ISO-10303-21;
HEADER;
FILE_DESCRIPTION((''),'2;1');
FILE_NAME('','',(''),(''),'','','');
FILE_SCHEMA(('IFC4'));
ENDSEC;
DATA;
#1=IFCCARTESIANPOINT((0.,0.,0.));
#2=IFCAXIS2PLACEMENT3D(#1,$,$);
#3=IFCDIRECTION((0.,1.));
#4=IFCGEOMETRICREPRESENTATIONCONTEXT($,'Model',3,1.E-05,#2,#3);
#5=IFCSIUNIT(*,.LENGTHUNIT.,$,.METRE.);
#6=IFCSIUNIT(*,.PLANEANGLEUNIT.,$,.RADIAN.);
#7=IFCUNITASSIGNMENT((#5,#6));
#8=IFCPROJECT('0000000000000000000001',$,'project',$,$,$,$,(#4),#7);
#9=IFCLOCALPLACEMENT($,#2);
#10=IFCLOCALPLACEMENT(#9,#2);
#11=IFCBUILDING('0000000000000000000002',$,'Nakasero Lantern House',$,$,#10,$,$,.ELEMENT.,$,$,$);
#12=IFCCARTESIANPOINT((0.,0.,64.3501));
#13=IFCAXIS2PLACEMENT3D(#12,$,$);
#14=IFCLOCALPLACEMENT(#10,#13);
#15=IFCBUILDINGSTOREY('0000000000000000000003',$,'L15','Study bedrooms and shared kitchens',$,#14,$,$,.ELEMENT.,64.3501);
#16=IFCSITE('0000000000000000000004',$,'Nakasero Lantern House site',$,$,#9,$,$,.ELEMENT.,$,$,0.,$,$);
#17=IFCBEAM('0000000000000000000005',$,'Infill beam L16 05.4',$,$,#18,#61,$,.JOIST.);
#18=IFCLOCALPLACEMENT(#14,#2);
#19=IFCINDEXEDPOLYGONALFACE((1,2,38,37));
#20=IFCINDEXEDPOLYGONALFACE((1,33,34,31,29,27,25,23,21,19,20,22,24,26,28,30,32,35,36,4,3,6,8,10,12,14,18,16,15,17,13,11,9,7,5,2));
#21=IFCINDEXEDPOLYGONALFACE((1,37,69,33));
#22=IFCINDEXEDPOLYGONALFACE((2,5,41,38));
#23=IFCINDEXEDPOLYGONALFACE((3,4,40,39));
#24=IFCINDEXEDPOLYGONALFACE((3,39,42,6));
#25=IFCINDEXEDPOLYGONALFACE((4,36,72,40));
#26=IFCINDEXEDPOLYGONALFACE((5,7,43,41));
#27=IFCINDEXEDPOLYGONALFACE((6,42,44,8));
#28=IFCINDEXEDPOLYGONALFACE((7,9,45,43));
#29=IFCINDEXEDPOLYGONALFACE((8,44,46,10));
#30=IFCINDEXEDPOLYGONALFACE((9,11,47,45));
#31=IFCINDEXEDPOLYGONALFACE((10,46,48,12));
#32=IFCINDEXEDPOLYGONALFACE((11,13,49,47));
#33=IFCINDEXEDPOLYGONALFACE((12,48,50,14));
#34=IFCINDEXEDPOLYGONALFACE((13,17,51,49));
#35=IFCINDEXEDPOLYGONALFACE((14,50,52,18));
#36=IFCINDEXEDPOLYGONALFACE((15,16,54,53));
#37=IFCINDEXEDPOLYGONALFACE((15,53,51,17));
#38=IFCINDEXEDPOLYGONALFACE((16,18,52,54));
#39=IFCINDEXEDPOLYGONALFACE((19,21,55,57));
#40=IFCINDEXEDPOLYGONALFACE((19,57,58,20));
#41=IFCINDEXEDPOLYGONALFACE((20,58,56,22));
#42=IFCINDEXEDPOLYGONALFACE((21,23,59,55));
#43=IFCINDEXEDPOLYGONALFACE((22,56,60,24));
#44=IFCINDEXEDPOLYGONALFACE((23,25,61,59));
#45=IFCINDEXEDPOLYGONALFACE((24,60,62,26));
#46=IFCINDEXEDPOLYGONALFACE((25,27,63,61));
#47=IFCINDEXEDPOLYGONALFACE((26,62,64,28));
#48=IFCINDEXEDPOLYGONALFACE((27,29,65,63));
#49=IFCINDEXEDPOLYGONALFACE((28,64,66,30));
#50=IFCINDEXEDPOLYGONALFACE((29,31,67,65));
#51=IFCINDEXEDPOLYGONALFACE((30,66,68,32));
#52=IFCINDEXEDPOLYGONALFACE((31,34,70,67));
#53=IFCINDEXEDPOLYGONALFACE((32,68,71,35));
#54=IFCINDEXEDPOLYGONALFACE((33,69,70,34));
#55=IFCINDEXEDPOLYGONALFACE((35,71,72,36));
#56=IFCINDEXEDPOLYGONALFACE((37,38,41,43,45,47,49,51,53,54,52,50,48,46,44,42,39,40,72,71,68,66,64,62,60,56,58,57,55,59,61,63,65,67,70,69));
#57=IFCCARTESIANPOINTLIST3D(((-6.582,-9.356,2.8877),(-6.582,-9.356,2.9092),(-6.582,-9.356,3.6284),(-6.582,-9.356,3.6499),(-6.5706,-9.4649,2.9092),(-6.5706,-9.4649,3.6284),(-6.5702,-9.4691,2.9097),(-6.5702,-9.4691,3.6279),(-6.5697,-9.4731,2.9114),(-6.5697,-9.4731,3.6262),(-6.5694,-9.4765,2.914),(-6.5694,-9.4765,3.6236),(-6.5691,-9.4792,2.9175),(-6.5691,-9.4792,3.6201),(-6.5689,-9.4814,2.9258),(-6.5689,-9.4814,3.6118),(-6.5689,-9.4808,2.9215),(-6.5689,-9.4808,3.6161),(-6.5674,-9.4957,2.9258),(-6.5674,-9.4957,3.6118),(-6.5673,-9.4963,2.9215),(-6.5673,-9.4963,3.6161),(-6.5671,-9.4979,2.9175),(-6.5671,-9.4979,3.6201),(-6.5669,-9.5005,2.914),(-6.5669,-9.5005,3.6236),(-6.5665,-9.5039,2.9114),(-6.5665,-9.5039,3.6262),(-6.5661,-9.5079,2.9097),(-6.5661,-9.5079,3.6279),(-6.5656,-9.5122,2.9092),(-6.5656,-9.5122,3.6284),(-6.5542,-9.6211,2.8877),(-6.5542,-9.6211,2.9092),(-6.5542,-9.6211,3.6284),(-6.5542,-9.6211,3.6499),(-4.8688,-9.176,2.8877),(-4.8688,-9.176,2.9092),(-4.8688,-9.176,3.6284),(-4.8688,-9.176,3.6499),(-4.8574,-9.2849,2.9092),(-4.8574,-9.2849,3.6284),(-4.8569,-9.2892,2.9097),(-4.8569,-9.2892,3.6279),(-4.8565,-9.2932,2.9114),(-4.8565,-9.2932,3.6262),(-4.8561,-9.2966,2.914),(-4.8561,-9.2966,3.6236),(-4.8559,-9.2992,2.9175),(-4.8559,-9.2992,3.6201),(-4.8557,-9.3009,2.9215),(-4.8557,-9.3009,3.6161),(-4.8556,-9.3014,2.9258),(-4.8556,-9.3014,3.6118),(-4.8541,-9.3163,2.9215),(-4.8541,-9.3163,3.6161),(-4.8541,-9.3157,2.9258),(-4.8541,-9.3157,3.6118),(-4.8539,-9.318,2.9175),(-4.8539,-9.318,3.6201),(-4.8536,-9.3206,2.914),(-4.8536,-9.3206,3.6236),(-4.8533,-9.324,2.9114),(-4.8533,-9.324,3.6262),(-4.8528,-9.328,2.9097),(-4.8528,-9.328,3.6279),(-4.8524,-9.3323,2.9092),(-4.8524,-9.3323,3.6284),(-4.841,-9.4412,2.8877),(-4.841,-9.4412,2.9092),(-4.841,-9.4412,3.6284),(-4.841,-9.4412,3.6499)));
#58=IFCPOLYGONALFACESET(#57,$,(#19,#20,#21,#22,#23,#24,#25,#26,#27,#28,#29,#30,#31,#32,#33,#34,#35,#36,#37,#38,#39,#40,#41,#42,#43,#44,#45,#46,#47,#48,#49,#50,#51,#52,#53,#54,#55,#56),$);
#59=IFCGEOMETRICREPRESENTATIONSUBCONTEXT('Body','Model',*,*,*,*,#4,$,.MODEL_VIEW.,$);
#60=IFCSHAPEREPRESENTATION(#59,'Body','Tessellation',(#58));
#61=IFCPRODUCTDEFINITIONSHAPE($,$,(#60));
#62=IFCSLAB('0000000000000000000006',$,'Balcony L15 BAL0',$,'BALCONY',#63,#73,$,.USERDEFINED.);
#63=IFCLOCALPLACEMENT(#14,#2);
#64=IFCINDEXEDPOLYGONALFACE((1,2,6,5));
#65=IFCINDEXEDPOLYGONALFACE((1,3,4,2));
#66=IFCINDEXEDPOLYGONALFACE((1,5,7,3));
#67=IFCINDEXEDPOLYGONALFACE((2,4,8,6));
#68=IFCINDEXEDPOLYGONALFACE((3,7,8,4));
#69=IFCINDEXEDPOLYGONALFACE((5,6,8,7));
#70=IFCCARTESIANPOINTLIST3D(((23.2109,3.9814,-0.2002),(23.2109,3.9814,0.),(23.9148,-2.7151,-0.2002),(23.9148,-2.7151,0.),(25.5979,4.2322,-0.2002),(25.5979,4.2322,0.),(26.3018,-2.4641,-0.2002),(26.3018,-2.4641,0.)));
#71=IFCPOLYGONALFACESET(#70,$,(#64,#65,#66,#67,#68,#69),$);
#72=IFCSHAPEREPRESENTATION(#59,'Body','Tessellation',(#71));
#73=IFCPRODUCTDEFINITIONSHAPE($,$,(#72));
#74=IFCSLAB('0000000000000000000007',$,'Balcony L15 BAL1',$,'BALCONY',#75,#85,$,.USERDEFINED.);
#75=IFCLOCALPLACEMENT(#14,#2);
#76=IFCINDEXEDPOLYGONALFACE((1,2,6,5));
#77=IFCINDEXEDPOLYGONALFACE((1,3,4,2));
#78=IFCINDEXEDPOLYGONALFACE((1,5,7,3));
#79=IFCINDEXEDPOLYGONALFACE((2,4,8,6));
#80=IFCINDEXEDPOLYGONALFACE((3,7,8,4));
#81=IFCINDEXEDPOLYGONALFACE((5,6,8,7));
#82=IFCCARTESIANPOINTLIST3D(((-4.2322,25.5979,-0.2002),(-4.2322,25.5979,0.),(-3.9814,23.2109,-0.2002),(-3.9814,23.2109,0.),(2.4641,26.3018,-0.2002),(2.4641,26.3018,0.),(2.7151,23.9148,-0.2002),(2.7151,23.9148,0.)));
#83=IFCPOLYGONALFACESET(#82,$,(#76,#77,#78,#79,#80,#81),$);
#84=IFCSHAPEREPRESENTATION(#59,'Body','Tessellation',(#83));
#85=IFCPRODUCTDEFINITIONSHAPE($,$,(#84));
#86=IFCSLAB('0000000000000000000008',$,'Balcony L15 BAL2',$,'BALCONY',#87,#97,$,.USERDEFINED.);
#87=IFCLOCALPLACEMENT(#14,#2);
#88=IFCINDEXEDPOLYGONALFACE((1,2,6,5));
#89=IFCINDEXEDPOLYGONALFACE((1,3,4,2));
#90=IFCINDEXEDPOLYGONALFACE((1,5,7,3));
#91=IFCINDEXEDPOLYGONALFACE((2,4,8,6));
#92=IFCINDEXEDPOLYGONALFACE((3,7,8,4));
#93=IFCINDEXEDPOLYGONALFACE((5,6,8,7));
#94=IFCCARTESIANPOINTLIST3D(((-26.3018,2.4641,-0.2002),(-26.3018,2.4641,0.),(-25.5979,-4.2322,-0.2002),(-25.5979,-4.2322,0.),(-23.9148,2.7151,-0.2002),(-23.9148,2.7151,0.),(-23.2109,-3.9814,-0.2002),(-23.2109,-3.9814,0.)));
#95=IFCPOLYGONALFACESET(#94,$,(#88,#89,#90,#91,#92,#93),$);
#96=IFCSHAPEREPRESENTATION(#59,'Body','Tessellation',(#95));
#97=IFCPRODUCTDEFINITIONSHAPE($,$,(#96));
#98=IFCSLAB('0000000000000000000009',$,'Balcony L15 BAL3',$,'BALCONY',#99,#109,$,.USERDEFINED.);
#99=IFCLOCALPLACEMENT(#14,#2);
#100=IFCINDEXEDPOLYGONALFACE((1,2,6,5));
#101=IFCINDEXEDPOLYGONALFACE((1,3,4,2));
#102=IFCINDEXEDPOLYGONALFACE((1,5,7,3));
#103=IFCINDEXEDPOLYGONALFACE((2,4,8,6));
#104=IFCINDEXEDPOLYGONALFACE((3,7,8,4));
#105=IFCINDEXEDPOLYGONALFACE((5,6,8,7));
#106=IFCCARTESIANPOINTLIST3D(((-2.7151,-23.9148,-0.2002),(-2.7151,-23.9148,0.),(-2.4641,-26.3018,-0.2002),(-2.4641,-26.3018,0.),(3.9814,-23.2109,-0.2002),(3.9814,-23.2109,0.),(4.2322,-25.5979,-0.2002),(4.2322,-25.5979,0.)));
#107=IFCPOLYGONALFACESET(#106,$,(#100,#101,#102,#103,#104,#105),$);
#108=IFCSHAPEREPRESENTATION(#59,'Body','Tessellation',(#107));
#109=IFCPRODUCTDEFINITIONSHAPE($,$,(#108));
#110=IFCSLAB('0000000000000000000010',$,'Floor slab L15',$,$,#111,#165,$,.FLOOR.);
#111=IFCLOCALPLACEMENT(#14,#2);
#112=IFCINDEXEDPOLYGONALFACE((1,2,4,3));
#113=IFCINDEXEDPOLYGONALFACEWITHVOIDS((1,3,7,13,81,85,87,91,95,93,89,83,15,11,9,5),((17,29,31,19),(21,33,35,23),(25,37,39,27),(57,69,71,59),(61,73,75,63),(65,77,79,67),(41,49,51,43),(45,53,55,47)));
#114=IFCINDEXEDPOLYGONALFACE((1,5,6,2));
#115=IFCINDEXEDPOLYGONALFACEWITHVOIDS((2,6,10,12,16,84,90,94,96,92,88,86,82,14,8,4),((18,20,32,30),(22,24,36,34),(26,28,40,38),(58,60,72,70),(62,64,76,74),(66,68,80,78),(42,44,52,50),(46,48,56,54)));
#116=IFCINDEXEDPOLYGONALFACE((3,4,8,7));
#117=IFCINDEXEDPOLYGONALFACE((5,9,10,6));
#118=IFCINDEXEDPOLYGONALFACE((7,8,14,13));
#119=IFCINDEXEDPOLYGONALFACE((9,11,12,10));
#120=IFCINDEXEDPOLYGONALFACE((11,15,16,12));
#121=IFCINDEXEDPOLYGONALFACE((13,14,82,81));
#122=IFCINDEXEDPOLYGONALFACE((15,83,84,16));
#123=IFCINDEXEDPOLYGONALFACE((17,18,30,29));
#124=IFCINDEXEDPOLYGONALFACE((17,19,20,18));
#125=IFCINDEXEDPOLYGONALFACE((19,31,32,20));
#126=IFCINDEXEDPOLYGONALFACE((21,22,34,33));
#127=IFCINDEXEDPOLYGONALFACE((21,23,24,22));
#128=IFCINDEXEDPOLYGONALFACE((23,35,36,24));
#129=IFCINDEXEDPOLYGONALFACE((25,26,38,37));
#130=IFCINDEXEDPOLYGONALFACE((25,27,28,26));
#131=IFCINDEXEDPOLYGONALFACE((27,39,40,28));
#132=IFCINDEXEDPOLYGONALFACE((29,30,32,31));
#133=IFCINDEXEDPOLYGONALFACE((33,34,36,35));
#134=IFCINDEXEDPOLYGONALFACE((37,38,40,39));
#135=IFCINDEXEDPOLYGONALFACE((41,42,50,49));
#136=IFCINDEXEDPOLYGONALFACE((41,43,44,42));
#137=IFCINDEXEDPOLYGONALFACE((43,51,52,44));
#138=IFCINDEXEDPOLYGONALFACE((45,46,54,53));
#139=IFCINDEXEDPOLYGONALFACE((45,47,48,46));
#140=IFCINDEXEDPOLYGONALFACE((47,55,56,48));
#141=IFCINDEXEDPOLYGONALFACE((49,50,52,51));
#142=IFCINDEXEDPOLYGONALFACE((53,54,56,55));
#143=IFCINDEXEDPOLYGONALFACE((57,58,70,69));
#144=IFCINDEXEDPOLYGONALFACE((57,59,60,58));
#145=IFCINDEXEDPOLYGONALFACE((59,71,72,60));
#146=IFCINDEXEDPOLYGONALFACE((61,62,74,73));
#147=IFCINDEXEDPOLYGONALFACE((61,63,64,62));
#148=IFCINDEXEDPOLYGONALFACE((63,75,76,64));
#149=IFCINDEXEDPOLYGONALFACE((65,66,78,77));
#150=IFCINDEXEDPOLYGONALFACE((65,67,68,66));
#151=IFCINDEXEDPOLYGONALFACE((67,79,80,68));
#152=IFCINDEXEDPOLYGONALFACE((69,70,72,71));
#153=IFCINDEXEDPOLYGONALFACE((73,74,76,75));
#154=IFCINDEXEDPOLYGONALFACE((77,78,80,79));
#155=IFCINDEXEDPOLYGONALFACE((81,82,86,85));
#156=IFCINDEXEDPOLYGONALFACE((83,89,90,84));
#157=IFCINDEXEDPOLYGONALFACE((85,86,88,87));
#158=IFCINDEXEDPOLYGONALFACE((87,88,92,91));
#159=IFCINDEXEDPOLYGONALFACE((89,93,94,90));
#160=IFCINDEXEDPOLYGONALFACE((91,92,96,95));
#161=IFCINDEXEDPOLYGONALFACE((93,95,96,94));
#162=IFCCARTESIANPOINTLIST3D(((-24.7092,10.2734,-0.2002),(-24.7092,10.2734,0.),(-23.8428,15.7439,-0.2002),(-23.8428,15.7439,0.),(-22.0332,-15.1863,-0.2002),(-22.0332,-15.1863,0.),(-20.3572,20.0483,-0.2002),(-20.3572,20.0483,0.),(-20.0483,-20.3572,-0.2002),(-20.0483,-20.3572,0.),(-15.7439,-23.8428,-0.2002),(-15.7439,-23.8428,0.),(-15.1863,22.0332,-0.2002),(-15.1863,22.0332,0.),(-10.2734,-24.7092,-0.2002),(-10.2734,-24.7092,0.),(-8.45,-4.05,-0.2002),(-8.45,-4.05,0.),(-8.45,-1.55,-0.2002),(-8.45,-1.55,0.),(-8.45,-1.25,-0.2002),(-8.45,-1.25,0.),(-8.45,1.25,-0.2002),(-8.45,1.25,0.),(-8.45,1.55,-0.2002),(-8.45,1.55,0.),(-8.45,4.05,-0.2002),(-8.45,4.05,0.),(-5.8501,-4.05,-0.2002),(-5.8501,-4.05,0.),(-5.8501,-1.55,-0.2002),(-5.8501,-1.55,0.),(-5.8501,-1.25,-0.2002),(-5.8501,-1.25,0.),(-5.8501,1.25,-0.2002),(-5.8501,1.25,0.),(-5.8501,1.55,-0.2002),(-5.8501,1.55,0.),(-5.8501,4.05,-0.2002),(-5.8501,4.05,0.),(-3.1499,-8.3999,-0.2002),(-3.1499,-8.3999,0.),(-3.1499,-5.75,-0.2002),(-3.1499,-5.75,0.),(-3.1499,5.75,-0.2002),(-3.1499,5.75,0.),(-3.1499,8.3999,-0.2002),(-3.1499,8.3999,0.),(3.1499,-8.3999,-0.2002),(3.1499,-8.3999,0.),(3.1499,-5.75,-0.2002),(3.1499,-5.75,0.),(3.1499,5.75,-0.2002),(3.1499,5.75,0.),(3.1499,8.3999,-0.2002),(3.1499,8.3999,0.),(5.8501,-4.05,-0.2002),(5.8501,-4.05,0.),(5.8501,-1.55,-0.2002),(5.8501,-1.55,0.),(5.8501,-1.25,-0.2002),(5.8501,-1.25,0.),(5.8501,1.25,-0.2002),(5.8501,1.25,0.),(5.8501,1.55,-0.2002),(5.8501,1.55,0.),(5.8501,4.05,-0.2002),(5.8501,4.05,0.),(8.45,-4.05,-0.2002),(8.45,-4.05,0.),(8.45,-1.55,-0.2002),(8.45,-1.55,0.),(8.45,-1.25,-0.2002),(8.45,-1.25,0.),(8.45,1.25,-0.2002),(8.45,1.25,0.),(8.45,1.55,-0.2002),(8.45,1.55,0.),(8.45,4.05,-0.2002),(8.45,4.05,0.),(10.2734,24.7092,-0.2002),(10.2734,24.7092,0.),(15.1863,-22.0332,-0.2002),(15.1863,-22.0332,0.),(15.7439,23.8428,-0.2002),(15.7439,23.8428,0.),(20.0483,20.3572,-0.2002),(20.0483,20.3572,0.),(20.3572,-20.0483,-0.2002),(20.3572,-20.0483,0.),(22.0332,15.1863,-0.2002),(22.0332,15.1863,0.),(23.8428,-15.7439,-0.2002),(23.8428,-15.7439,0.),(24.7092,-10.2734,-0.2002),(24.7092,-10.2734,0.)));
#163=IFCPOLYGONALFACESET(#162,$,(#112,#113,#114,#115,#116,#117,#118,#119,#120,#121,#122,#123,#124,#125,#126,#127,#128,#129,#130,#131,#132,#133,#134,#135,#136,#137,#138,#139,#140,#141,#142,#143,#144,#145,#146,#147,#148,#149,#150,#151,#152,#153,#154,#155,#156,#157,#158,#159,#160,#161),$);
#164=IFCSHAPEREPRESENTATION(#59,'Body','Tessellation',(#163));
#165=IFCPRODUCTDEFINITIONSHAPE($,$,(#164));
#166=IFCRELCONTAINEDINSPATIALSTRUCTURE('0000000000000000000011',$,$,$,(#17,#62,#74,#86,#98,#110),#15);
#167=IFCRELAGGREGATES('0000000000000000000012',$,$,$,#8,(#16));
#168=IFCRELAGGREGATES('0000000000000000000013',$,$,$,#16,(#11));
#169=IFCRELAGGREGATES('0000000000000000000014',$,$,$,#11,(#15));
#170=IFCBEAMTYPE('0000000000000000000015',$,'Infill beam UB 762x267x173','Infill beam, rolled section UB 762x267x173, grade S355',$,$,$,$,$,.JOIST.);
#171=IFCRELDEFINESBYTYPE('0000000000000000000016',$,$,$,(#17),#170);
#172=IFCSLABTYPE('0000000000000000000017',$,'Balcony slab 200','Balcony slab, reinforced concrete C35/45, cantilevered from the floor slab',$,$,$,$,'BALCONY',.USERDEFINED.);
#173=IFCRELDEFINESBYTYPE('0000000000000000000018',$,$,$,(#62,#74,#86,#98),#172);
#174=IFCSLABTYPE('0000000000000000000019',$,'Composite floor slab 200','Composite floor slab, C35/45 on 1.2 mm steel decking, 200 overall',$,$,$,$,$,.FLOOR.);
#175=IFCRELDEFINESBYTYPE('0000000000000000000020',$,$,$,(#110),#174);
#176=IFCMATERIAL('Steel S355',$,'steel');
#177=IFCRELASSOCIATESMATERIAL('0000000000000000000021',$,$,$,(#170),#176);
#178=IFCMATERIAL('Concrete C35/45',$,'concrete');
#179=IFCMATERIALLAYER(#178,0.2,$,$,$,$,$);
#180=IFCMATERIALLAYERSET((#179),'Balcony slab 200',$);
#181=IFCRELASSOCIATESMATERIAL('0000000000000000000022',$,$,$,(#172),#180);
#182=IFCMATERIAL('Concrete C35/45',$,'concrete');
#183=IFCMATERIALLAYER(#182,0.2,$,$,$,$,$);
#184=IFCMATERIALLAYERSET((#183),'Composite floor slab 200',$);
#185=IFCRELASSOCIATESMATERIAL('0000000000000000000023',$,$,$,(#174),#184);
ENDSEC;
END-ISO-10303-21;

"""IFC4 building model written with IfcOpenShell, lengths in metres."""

from ifc_helpers import new_model, si_unit, direction, frame, origin, origin_2d, place, context, subcontext, project, spatial, polyline, i_section, outline, extrude, material, layer, layer_set, material_profile, profile_set, type_object, element, save


model = new_model("IFC4")

# Units and contexts
model_context = context("Model", 3, precision=1e-05, world=origin(), true_north=direction((0.0, 1.0)))
body_context = subcontext(model_context, "Body", "Model", "MODEL_VIEW")
ifc_project = project(units=[si_unit("LENGTHUNIT", "METRE"), si_unit("PLANEANGLEUNIT", "RADIAN")], contexts=[model_context])

# Site, building, storey
site_placement = place(None, origin())
site = spatial("IfcSite", under=ifc_project, at=site_placement, Name="Nakasero Lantern House site", CompositionType="ELEMENT", RefElevation=0.0)
building_placement = place(site_placement, origin())
building = spatial("IfcBuilding", under=site, at=building_placement, Name="Nakasero Lantern House", CompositionType="ELEMENT")
storey_placement = place(building_placement, frame((0.0, 0.0, 64.3501)))
storey = spatial("IfcBuildingStorey", under=building, at=storey_placement, Name="L15", Description="Study bedrooms and shared kitchens", CompositionType="ELEMENT", Elevation=64.3501)

# Beam
ifc_material_1 = material(Name="Steel S355", Category="steel")
ifc_material_profile = material_profile(ifc_material_1, i_section(OverallWidth=0.2666, OverallDepth=0.7622, WebThickness=0.0144, FlangeThickness=0.0215, FilletRadius=0.0166, at=origin_2d()), Name="UB 762x267x173")
ifc_profile_set = profile_set([ifc_material_profile], Name="Steel S355")
beam_type = type_object("IfcBeamType", Name="Infill beam UB 762x267x173", Description="Infill beam, rolled section UB 762x267x173, grade S355", PredefinedType="JOIST", material=ifc_profile_set)
beam_placement = place(storey_placement, frame((-6.5681, -9.4885, 3.2688), z_axis=(0.99453, 0.104456, 0.0), x_axis=(-0.104456, 0.99453, 0.0)))
element("IfcBeam", 1, at=beam_placement, inside=storey, type_object=beam_type, Name="Infill beam L16 05.4", PredefinedType="JOIST", context=body_context, shape_type="SweptSolid", body=[
    extrude(i_section(OverallWidth=0.2666, OverallDepth=0.7622, WebThickness=0.0144, FlangeThickness=0.0215, FilletRadius=0.0166, at=origin_2d()), origin(), (0.0, 0.0, 1.0), 1.7227),
])

# Slabs
ifc_material_2 = material(Name="Concrete C35/45", Category="concrete")
ifc_layer_1 = layer(ifc_material_2, 0.2)
ifc_layer_set_1 = layer_set([ifc_layer_1], Name="Balcony slab 200")
slab_type_1 = type_object("IfcSlabType", Name="Balcony slab 200", Description="Balcony slab, reinforced concrete C35/45, cantilevered from the floor slab", ElementType="BALCONY", PredefinedType="USERDEFINED", material=ifc_layer_set_1)
slab_1_placement = place(storey_placement, frame((0.0, 0.0, -0.2002)))
element("IfcSlab", 2, at=slab_1_placement, inside=storey, type_object=slab_type_1, Name="Balcony L15 BAL0", ObjectType="BALCONY", PredefinedType="USERDEFINED", context=body_context, shape_type="SweptSolid", body=[
    extrude(outline(polyline([(23.9148, -2.7151), (26.3018, -2.4641), (25.5979, 4.2322), (23.2109, 3.9814), (23.9148, -2.7151)])), origin(), (0.0, 0.0, 1.0), 0.2002),
])
slab_2_placement = place(storey_placement, frame((0.0, 0.0, -0.2002)))
element("IfcSlab", 3, at=slab_2_placement, inside=storey, type_object=slab_type_1, Name="Balcony L15 BAL1", ObjectType="BALCONY", PredefinedType="USERDEFINED", context=body_context, shape_type="SweptSolid", body=[
    extrude(outline(polyline([(2.7151, 23.9148), (2.4641, 26.3018), (-4.2322, 25.5979), (-3.9814, 23.2109), (2.7151, 23.9148)])), origin(), (0.0, 0.0, 1.0), 0.2002),
])
slab_3_placement = place(storey_placement, frame((0.0, 0.0, -0.2002)))
element("IfcSlab", 4, at=slab_3_placement, inside=storey, type_object=slab_type_1, Name="Balcony L15 BAL2", ObjectType="BALCONY", PredefinedType="USERDEFINED", context=body_context, shape_type="SweptSolid", body=[
    extrude(outline(polyline([(-23.9148, 2.7151), (-26.3018, 2.4641), (-25.5979, -4.2322), (-23.2109, -3.9814), (-23.9148, 2.7151)])), origin(), (0.0, 0.0, 1.0), 0.2002),
])
slab_4_placement = place(storey_placement, frame((0.0, 0.0, -0.2002)))
element("IfcSlab", 5, at=slab_4_placement, inside=storey, type_object=slab_type_1, Name="Balcony L15 BAL3", ObjectType="BALCONY", PredefinedType="USERDEFINED", context=body_context, shape_type="SweptSolid", body=[
    extrude(outline(polyline([(-2.7151, -23.9148), (-2.4641, -26.3018), (4.2322, -25.5979), (3.9814, -23.2109), (-2.7151, -23.9148)])), origin(), (0.0, 0.0, 1.0), 0.2002),
])
ifc_material_3 = material(Name="Concrete C35/45", Category="concrete")
ifc_layer_2 = layer(ifc_material_3, 0.2)
ifc_layer_set_2 = layer_set([ifc_layer_2], Name="Composite floor slab 200")
slab_type_2 = type_object("IfcSlabType", Name="Composite floor slab 200", Description="Composite floor slab, C35/45 on 1.2 mm steel decking, 200 overall", PredefinedType="FLOOR", material=ifc_layer_set_2)
slab_5_placement = place(storey_placement, frame((0.0, 0.0, -0.2002)))
element("IfcSlab", 6, at=slab_5_placement, inside=storey, type_object=slab_type_2, Name="Floor slab L15", PredefinedType="FLOOR", context=body_context, shape_type="SweptSolid", body=[
    extrude(outline(polyline([(22.0332, 15.1863), (20.0483, 20.3572), (15.7439, 23.8428), (10.2734, 24.7092), (-15.1863, 22.0332), (-20.3572, 20.0483), (-23.8428, 15.7439), (-24.7092, 10.2734), (-22.0332, -15.1863), (-20.0483, -20.3572), (-15.7439, -23.8428), (-10.2734, -24.7092), (15.1863, -22.0332), (20.3572, -20.0483), (23.8428, -15.7439), (24.7092, -10.2734), (22.0332, 15.1863)]), holes=[polyline([(-8.45, -4.05), (-5.8501, -4.05), (-5.8501, -1.55), (-8.45, -1.55), (-8.45, -4.05)]), polyline([(-8.45, -1.25), (-5.8501, -1.25), (-5.8501, 1.25), (-8.45, 1.25), (-8.45, -1.25)]), polyline([(-8.45, 1.55), (-5.8501, 1.55), (-5.8501, 4.05), (-8.45, 4.05), (-8.45, 1.55)]), polyline([(5.8501, -4.05), (8.45, -4.05), (8.45, -1.55), (5.8501, -1.55), (5.8501, -4.05)]), polyline([(5.8501, -1.25), (8.45, -1.25), (8.45, 1.25), (5.8501, 1.25), (5.8501, -1.25)]), polyline([(5.8501, 1.55), (8.45, 1.55), (8.45, 4.05), (5.8501, 4.05), (5.8501, 1.55)]), polyline([(-3.1499, 5.75), (3.1499, 5.75), (3.1499, 8.3999), (-3.1499, 8.3999), (-3.1499, 5.75)]), polyline([(-3.1499, -8.3999), (3.1499, -8.3999), (3.1499, -5.75), (-3.1499, -5.75), (-3.1499, -8.3999)])]), origin(), (0.0, 0.0, 1.0), 0.2002),
])

save(model, "model.ifc")
